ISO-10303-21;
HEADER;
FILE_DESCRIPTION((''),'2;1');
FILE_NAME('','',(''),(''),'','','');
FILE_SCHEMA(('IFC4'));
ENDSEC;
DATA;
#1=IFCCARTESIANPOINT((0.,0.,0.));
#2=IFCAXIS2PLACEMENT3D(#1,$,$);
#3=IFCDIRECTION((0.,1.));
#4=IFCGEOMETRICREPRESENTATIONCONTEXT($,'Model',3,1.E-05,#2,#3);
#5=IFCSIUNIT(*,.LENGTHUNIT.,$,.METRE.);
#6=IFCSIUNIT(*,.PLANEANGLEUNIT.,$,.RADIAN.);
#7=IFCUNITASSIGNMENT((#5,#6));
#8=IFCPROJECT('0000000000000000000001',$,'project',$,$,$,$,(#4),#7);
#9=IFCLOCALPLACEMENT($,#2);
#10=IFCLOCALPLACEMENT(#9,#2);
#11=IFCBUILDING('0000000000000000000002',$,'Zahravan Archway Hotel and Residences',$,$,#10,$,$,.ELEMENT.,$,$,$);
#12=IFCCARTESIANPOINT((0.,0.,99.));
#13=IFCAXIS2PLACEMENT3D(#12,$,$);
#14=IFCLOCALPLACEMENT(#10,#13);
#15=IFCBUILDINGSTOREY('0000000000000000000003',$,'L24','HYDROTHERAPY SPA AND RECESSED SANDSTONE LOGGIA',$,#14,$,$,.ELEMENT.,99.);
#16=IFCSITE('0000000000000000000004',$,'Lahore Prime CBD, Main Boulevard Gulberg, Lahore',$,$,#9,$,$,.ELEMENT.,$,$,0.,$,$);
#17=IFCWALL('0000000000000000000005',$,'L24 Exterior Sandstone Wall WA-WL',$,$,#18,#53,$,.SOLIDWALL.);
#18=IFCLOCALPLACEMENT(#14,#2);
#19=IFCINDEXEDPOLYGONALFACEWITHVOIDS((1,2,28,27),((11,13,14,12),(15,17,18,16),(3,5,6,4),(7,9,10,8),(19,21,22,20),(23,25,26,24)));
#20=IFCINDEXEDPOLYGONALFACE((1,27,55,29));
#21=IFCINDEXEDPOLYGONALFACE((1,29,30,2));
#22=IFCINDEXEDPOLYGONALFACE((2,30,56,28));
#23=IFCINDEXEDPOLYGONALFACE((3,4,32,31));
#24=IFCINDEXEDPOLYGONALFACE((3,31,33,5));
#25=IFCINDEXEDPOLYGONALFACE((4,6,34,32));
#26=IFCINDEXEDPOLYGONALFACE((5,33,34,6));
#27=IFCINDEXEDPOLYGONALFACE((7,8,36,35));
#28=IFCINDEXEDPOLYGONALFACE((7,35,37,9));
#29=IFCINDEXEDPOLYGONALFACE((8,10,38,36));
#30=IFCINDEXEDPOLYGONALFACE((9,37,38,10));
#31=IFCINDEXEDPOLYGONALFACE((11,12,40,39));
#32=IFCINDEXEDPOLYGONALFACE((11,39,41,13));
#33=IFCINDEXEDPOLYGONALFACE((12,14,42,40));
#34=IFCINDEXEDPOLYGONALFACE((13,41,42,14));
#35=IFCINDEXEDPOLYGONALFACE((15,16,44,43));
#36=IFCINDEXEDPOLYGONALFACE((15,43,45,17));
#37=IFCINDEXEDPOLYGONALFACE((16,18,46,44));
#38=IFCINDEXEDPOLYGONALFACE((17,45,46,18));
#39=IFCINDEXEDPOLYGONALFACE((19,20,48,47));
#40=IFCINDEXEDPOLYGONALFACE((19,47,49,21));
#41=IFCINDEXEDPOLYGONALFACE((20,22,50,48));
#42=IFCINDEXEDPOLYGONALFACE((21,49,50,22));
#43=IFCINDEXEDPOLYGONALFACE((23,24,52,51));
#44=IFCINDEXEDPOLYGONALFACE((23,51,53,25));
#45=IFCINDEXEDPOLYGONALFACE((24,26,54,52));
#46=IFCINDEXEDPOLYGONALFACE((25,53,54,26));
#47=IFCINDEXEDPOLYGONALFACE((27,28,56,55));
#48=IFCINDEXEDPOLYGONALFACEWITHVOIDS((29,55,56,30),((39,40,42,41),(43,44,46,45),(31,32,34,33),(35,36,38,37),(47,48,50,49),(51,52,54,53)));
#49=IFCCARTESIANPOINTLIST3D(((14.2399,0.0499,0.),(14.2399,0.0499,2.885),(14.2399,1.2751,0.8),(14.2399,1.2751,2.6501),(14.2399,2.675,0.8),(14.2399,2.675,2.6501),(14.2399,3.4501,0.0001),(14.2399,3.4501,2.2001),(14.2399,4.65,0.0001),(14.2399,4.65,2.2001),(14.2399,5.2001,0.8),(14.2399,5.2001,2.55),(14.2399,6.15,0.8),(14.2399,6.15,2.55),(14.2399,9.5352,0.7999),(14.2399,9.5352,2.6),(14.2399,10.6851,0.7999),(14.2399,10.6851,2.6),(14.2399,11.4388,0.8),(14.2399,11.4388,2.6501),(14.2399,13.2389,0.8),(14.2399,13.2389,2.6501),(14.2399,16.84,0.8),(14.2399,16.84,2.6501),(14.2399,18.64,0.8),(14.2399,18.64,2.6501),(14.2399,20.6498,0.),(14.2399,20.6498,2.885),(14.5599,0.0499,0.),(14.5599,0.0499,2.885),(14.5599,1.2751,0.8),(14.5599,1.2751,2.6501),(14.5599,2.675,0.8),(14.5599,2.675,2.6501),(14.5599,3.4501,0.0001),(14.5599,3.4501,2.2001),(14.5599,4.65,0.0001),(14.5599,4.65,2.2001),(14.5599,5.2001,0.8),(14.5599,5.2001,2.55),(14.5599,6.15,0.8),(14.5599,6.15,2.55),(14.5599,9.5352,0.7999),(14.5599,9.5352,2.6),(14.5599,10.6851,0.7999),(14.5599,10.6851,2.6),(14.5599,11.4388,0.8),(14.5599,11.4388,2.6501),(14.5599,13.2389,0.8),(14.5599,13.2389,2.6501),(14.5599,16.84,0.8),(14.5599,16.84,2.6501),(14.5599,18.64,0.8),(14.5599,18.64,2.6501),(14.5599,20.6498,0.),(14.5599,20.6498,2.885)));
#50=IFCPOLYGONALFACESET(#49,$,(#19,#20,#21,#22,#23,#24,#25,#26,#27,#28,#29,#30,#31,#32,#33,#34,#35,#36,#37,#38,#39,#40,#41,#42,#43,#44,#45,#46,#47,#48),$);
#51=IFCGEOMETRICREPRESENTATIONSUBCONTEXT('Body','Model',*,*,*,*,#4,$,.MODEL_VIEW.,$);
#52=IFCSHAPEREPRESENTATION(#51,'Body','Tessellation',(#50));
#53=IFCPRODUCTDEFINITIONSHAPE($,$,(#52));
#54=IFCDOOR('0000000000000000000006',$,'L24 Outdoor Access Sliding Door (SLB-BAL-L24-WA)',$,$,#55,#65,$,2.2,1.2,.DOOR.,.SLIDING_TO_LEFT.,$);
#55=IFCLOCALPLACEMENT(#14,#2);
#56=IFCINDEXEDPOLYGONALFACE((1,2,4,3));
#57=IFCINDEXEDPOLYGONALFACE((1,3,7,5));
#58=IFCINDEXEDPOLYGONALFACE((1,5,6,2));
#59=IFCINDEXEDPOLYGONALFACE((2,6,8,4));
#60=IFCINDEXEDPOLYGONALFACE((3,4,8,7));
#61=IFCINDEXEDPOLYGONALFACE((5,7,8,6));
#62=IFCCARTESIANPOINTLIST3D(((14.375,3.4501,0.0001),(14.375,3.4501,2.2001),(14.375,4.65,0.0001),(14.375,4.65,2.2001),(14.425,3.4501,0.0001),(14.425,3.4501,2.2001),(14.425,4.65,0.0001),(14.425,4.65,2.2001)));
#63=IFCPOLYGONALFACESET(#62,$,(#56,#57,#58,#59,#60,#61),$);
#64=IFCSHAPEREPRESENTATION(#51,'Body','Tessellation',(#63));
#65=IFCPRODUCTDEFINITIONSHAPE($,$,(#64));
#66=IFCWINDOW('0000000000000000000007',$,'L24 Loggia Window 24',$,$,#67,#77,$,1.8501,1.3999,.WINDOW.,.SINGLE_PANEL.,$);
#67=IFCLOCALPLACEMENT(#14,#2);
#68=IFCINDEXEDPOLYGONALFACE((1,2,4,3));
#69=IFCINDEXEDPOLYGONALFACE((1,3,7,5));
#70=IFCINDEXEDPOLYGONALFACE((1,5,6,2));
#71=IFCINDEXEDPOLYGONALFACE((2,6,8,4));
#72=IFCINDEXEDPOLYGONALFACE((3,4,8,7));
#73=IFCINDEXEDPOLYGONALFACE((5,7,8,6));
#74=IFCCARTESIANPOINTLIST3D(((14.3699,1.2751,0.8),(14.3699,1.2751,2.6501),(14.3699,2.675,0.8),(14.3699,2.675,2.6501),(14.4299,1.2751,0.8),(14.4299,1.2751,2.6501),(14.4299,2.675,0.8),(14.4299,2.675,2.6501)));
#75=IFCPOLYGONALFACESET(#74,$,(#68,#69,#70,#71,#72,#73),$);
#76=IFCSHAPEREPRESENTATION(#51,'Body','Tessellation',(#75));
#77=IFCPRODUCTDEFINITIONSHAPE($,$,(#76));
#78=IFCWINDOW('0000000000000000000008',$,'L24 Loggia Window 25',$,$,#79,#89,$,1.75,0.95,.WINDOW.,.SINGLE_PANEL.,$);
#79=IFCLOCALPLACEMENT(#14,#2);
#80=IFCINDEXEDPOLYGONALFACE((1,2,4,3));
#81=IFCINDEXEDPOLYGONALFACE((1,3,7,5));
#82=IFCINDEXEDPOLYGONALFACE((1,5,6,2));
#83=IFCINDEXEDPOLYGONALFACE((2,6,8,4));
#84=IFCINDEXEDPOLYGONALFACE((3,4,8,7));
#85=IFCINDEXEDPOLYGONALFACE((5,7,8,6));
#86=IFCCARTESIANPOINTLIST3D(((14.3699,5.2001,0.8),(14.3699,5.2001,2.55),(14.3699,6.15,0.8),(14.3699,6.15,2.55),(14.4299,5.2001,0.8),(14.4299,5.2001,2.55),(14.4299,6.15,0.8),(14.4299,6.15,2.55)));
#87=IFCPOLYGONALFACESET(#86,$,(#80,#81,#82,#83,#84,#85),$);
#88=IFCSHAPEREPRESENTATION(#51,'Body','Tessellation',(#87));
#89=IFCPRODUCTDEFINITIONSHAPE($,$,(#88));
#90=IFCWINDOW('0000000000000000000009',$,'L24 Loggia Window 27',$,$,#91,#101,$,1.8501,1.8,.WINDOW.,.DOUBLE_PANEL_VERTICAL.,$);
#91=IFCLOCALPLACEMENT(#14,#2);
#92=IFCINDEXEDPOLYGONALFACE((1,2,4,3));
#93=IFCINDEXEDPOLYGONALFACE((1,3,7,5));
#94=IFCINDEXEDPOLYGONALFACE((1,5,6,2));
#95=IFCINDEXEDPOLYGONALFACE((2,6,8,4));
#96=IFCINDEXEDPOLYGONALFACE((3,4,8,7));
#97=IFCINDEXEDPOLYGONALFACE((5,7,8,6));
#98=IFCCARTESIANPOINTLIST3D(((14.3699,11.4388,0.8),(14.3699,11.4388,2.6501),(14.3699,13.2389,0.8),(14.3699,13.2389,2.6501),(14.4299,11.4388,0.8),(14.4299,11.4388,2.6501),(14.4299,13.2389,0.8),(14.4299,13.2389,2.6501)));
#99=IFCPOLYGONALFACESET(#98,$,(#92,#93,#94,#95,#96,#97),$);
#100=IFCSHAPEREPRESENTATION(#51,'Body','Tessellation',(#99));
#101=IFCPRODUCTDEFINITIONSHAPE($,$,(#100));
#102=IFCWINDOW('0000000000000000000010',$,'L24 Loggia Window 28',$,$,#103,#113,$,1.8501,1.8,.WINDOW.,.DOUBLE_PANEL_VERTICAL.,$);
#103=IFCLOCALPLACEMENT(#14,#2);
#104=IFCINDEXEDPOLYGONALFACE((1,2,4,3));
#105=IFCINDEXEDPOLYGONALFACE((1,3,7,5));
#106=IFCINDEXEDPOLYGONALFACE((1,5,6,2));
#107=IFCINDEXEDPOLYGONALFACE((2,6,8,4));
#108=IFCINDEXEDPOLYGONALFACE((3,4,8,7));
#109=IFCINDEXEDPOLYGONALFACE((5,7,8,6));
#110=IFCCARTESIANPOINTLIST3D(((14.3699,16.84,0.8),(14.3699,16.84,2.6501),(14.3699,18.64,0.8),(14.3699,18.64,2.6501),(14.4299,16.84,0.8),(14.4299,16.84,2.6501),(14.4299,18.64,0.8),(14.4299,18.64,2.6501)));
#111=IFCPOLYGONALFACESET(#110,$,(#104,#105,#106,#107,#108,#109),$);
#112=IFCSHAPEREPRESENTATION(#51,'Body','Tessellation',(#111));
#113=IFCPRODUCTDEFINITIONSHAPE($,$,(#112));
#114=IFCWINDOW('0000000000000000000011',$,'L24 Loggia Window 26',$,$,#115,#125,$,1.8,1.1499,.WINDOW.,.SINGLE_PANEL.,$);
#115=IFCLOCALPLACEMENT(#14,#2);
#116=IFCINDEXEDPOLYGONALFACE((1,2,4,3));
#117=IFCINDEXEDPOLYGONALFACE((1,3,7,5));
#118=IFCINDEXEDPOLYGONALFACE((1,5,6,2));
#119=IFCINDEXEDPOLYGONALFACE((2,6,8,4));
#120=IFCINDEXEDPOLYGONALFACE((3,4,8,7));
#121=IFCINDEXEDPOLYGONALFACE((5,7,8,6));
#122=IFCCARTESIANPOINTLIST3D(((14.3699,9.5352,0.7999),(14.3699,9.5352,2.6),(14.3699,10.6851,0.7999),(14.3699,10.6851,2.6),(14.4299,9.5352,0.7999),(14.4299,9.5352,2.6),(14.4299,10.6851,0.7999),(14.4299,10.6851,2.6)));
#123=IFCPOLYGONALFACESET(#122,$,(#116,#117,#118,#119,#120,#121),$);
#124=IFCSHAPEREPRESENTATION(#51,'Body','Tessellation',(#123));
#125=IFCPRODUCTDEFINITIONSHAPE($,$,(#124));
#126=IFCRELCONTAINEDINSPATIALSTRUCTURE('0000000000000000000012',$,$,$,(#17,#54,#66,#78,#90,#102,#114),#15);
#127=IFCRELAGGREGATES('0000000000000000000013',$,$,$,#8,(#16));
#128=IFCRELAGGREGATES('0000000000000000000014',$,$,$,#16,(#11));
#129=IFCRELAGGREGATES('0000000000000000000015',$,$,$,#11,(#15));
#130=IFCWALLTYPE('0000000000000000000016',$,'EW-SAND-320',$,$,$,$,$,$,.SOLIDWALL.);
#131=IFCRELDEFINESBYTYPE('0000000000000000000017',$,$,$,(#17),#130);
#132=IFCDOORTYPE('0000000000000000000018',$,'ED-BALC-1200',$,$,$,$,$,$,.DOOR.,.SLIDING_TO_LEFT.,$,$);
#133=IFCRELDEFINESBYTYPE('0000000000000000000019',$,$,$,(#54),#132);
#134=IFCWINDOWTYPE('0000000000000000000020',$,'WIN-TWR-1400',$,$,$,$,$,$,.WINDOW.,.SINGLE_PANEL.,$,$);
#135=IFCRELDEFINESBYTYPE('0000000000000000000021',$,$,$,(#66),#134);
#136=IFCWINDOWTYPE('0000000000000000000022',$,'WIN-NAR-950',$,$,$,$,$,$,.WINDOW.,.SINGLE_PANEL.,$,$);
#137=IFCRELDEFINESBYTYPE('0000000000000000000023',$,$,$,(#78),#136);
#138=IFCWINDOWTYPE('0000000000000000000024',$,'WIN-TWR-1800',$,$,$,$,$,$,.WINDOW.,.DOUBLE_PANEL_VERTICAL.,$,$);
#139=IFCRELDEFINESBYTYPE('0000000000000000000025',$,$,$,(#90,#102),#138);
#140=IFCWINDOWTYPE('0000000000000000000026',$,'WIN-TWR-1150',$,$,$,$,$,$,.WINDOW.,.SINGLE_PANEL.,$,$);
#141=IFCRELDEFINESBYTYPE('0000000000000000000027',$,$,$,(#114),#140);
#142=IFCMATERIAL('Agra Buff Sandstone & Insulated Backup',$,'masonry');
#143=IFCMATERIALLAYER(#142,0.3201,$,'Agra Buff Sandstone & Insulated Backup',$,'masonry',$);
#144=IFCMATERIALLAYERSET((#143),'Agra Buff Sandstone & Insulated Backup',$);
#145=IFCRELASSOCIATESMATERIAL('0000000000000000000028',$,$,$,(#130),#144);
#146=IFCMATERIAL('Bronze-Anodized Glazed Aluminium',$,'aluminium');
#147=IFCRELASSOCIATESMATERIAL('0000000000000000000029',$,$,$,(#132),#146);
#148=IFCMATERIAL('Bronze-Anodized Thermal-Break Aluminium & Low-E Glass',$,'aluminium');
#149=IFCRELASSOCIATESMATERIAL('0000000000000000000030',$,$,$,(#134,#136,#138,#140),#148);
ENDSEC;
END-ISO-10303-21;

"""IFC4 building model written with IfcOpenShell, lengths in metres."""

from ifc_helpers import new_model, si_unit, direction, frame, frame_2d, origin, place, context, subcontext, project, spatial, rectangle, extrude, source, transform, mapped, material, layer, layer_set, type_object, type_shapes, element, fill, save


model = new_model("IFC4")

# Units and contexts
model_context = context("Model", 3, precision=1e-05, world=origin(), true_north=direction((0.0, 1.0)))
body_context = subcontext(model_context, "Body", "Model", "MODEL_VIEW")
ifc_project = project(units=[si_unit("LENGTHUNIT", "METRE"), si_unit("PLANEANGLEUNIT", "RADIAN")], contexts=[model_context])

# Site, building, storey
site_placement = place(None, origin())
site = spatial("IfcSite", under=ifc_project, at=site_placement, Name="Lahore Prime CBD, Main Boulevard Gulberg, Lahore", CompositionType="ELEMENT", RefElevation=0.0)
building_placement = place(site_placement, origin())
building = spatial("IfcBuilding", under=site, at=building_placement, Name="Zahravan Archway Hotel and Residences", CompositionType="ELEMENT")
storey_placement = place(building_placement, frame((0.0, 0.0, 99.0)))
storey = spatial("IfcBuildingStorey", under=building, at=storey_placement, Name="L24", Description="HYDROTHERAPY SPA AND RECESSED SANDSTONE LOGGIA", CompositionType="ELEMENT", Elevation=99.0)

# Wall, openings, door, windows
ifc_material_1 = material(Name="Agra Buff Sandstone & Insulated Backup", Category="masonry")
ifc_layer = layer(ifc_material_1, 0.3201, Name="Agra Buff Sandstone & Insulated Backup", Category="masonry")
ifc_layer_set = layer_set([ifc_layer], Name="Agra Buff Sandstone & Insulated Backup")
wall_type = type_object("IfcWallType", Name="EW-SAND-320", PredefinedType="SOLIDWALL", material=ifc_layer_set)
wall_placement = place(storey_placement, frame((14.3999, 0.05, 0.0), z_axis=(0.0, 0.0, 1.0), x_axis=(0.0, 1.0, 0.0)))
wall = element("IfcWall", 1, at=wall_placement, inside=storey, type_object=wall_type, Name="L24 Exterior Sandstone Wall WA-WL", PredefinedType="SOLIDWALL", context=body_context, shape_type="SweptSolid", body=[
    extrude(rectangle(XDim=20.5999, YDim=0.3201, at=frame_2d((10.2998, 0.0))), origin(), (0.0, 0.0, 1.0), 2.885),
])
opening_1_placement = place(wall_placement, frame((3.3999, 0.0, 0.0)))
opening_1 = element("IfcOpeningElement", 2, at=opening_1_placement, cuts=wall, PredefinedType="OPENING", context=body_context, shape_type="SweptSolid", body=[
    extrude(rectangle(XDim=1.2, YDim=2.2, at=frame_2d((0.6001, 1.1001))), frame((0.0, 0.1699, 0.0), z_axis=(0.0, -1.0, 0.0), x_axis=(1.0, 0.0, 0.0)), (0.0, 0.0, 1.0), 0.3401),
])
opening_2_placement = place(wall_placement, frame((1.2251, 0.0, 0.8)))
opening_2 = element("IfcOpeningElement", 3, at=opening_2_placement, cuts=wall, PredefinedType="OPENING", context=body_context, shape_type="SweptSolid", body=[
    extrude(rectangle(XDim=1.3999, YDim=1.8501, at=frame_2d((0.7, 0.925))), frame((0.0, 0.1699, 0.0), z_axis=(0.0, -1.0, 0.0), x_axis=(1.0, 0.0, 0.0)), (0.0, 0.0, 1.0), 0.3401),
])
opening_3_placement = place(wall_placement, frame((5.1499, 0.0, 0.8)))
opening_3 = element("IfcOpeningElement", 4, at=opening_3_placement, cuts=wall, PredefinedType="OPENING", context=body_context, shape_type="SweptSolid", body=[
    extrude(rectangle(XDim=0.95, YDim=1.75, at=frame_2d((0.4751, 0.875))), frame((0.0, 0.1699, 0.0), z_axis=(0.0, -1.0, 0.0), x_axis=(1.0, 0.0, 0.0)), (0.0, 0.0, 1.0), 0.3401),
])
opening_4_placement = place(wall_placement, frame((9.4851, 0.0, 0.8)))
opening_4 = element("IfcOpeningElement", 5, at=opening_4_placement, cuts=wall, PredefinedType="OPENING", context=body_context, shape_type="SweptSolid", body=[
    extrude(rectangle(XDim=1.1499, YDim=1.8, at=frame_2d((0.575, 0.8999))), frame((0.0, 0.1699, 0.0), z_axis=(0.0, -1.0, 0.0), x_axis=(1.0, 0.0, 0.0)), (0.0, 0.0, 1.0), 0.3401),
])
opening_5_placement = place(wall_placement, frame((11.3889, 0.0, 0.8)))
opening_5 = element("IfcOpeningElement", 6, at=opening_5_placement, cuts=wall, PredefinedType="OPENING", context=body_context, shape_type="SweptSolid", body=[
    extrude(rectangle(XDim=1.8, YDim=1.8501, at=frame_2d((0.8999, 0.925))), frame((0.0, 0.1699, 0.0), z_axis=(0.0, -1.0, 0.0), x_axis=(1.0, 0.0, 0.0)), (0.0, 0.0, 1.0), 0.3401),
])
opening_6_placement = place(wall_placement, frame((16.79, 0.0, 0.8)))
opening_6 = element("IfcOpeningElement", 7, at=opening_6_placement, cuts=wall, PredefinedType="OPENING", context=body_context, shape_type="SweptSolid", body=[
    extrude(rectangle(XDim=1.8, YDim=1.8501, at=frame_2d((0.8999, 0.925))), frame((0.0, 0.1699, 0.0), z_axis=(0.0, -1.0, 0.0), x_axis=(1.0, 0.0, 0.0)), (0.0, 0.0, 1.0), 0.3401),
])
ifc_material_2 = material(Name="Bronze-Anodized Glazed Aluminium", Category="aluminium")
door_type = type_object("IfcDoorType", Name="ED-BALC-1200", OperationType="SLIDING_TO_LEFT", PredefinedType="DOOR", material=ifc_material_2)
shared_shape_1 = source(origin(), body_context, "Body", "SweptSolid", [
    extrude(rectangle(XDim=1.2, YDim=2.2, at=frame_2d((0.6001, 1.1001))), frame((0.0, 0.0249, 0.0), z_axis=(0.0, -1.0, 0.0), x_axis=(1.0, 0.0, 0.0)), (0.0, 0.0, 1.0), 0.05),
])
type_shapes(door_type, [shared_shape_1])
door_placement = place(opening_1_placement, origin())
door = element("IfcDoor", 8, at=door_placement, inside=storey, type_object=door_type, Name="L24 Outdoor Access Sliding Door (SLB-BAL-L24-WA)", OperationType="SLIDING_TO_LEFT", OverallHeight=2.2, OverallWidth=1.2, PredefinedType="DOOR", context=body_context, shape_type="MappedRepresentation", body=[
    mapped(shared_shape_1, transform((0.0, 0.0, 0.0), scale=1.0)),
])
fill(opening_1, door)
ifc_material_3 = material(Name="Bronze-Anodized Thermal-Break Aluminium & Low-E Glass", Category="aluminium")
window_type_1 = type_object("IfcWindowType", Name="WIN-TWR-1400", PartitioningType="SINGLE_PANEL", PredefinedType="WINDOW", material=ifc_material_3)
shared_shape_2 = source(origin(), body_context, "Body", "SweptSolid", [
    extrude(rectangle(XDim=1.3999, YDim=1.8501, at=frame_2d((0.7, 0.925))), frame((0.0, 0.03, 0.0), z_axis=(0.0, -1.0, 0.0), x_axis=(1.0, 0.0, 0.0)), (0.0, 0.0, 1.0), 0.0601),
])
type_shapes(window_type_1, [shared_shape_2])
window_1_placement = place(opening_2_placement, origin())
window_1 = element("IfcWindow", 9, at=window_1_placement, inside=storey, type_object=window_type_1, Name="L24 Loggia Window 24", OverallHeight=1.8501, OverallWidth=1.3999, PartitioningType="SINGLE_PANEL", PredefinedType="WINDOW", context=body_context, shape_type="MappedRepresentation", body=[
    mapped(shared_shape_2, transform((0.0, 0.0, 0.0), scale=1.0)),
])
fill(opening_2, window_1)
window_type_2 = type_object("IfcWindowType", Name="WIN-NAR-950", PartitioningType="SINGLE_PANEL", PredefinedType="WINDOW", material=ifc_material_3)
shared_shape_3 = source(origin(), body_context, "Body", "SweptSolid", [
    extrude(rectangle(XDim=0.95, YDim=1.75, at=frame_2d((0.4751, 0.875))), frame((0.0, 0.03, 0.0), z_axis=(0.0, -1.0, 0.0), x_axis=(1.0, 0.0, 0.0)), (0.0, 0.0, 1.0), 0.0601),
])
type_shapes(window_type_2, [shared_shape_3])
window_2_placement = place(opening_3_placement, origin())
window_2 = element("IfcWindow", 10, at=window_2_placement, inside=storey, type_object=window_type_2, Name="L24 Loggia Window 25", OverallHeight=1.75, OverallWidth=0.95, PartitioningType="SINGLE_PANEL", PredefinedType="WINDOW", context=body_context, shape_type="MappedRepresentation", body=[
    mapped(shared_shape_3, transform((0.0, 0.0, 0.0), scale=1.0)),
])
fill(opening_3, window_2)
window_type_3 = type_object("IfcWindowType", Name="WIN-TWR-1800", PartitioningType="DOUBLE_PANEL_VERTICAL", PredefinedType="WINDOW", material=ifc_material_3)
shared_shape_4 = source(origin(), body_context, "Body", "SweptSolid", [
    extrude(rectangle(XDim=1.8, YDim=1.8501, at=frame_2d((0.8999, 0.925))), frame((0.0, 0.03, 0.0), z_axis=(0.0, -1.0, 0.0), x_axis=(1.0, 0.0, 0.0)), (0.0, 0.0, 1.0), 0.0601),
])
type_shapes(window_type_3, [shared_shape_4])
window_3_placement = place(opening_5_placement, origin())
window_3 = element("IfcWindow", 11, at=window_3_placement, inside=storey, type_object=window_type_3, Name="L24 Loggia Window 27", OverallHeight=1.8501, OverallWidth=1.8, PartitioningType="DOUBLE_PANEL_VERTICAL", PredefinedType="WINDOW", context=body_context, shape_type="MappedRepresentation", body=[
    mapped(shared_shape_4, transform((0.0, 0.0, 0.0), scale=1.0)),
])
fill(opening_5, window_3)
window_4_placement = place(opening_6_placement, origin())
window_4 = element("IfcWindow", 12, at=window_4_placement, inside=storey, type_object=window_type_3, Name="L24 Loggia Window 28", OverallHeight=1.8501, OverallWidth=1.8, PartitioningType="DOUBLE_PANEL_VERTICAL", PredefinedType="WINDOW", context=body_context, shape_type="MappedRepresentation", body=[
    mapped(shared_shape_4, transform((0.0, 0.0, 0.0), scale=1.0)),
])
fill(opening_6, window_4)
window_type_4 = type_object("IfcWindowType", Name="WIN-TWR-1150", PartitioningType="SINGLE_PANEL", PredefinedType="WINDOW", material=ifc_material_3)
shared_shape_5 = source(origin(), body_context, "Body", "SweptSolid", [
    extrude(rectangle(XDim=1.1499, YDim=1.8, at=frame_2d((0.575, 0.8999))), frame((0.0, 0.03, 0.0), z_axis=(0.0, -1.0, 0.0), x_axis=(1.0, 0.0, 0.0)), (0.0, 0.0, 1.0), 0.0601),
])
type_shapes(window_type_4, [shared_shape_5])
window_5_placement = place(opening_4_placement, origin())
window_5 = element("IfcWindow", 13, at=window_5_placement, inside=storey, type_object=window_type_4, Name="L24 Loggia Window 26", OverallHeight=1.8, OverallWidth=1.1499, PartitioningType="SINGLE_PANEL", PredefinedType="WINDOW", context=body_context, shape_type="MappedRepresentation", body=[
    mapped(shared_shape_5, transform((0.0, 0.0, 0.0), scale=1.0)),
])
fill(opening_4, window_5)

save(model, "model.ifc")
